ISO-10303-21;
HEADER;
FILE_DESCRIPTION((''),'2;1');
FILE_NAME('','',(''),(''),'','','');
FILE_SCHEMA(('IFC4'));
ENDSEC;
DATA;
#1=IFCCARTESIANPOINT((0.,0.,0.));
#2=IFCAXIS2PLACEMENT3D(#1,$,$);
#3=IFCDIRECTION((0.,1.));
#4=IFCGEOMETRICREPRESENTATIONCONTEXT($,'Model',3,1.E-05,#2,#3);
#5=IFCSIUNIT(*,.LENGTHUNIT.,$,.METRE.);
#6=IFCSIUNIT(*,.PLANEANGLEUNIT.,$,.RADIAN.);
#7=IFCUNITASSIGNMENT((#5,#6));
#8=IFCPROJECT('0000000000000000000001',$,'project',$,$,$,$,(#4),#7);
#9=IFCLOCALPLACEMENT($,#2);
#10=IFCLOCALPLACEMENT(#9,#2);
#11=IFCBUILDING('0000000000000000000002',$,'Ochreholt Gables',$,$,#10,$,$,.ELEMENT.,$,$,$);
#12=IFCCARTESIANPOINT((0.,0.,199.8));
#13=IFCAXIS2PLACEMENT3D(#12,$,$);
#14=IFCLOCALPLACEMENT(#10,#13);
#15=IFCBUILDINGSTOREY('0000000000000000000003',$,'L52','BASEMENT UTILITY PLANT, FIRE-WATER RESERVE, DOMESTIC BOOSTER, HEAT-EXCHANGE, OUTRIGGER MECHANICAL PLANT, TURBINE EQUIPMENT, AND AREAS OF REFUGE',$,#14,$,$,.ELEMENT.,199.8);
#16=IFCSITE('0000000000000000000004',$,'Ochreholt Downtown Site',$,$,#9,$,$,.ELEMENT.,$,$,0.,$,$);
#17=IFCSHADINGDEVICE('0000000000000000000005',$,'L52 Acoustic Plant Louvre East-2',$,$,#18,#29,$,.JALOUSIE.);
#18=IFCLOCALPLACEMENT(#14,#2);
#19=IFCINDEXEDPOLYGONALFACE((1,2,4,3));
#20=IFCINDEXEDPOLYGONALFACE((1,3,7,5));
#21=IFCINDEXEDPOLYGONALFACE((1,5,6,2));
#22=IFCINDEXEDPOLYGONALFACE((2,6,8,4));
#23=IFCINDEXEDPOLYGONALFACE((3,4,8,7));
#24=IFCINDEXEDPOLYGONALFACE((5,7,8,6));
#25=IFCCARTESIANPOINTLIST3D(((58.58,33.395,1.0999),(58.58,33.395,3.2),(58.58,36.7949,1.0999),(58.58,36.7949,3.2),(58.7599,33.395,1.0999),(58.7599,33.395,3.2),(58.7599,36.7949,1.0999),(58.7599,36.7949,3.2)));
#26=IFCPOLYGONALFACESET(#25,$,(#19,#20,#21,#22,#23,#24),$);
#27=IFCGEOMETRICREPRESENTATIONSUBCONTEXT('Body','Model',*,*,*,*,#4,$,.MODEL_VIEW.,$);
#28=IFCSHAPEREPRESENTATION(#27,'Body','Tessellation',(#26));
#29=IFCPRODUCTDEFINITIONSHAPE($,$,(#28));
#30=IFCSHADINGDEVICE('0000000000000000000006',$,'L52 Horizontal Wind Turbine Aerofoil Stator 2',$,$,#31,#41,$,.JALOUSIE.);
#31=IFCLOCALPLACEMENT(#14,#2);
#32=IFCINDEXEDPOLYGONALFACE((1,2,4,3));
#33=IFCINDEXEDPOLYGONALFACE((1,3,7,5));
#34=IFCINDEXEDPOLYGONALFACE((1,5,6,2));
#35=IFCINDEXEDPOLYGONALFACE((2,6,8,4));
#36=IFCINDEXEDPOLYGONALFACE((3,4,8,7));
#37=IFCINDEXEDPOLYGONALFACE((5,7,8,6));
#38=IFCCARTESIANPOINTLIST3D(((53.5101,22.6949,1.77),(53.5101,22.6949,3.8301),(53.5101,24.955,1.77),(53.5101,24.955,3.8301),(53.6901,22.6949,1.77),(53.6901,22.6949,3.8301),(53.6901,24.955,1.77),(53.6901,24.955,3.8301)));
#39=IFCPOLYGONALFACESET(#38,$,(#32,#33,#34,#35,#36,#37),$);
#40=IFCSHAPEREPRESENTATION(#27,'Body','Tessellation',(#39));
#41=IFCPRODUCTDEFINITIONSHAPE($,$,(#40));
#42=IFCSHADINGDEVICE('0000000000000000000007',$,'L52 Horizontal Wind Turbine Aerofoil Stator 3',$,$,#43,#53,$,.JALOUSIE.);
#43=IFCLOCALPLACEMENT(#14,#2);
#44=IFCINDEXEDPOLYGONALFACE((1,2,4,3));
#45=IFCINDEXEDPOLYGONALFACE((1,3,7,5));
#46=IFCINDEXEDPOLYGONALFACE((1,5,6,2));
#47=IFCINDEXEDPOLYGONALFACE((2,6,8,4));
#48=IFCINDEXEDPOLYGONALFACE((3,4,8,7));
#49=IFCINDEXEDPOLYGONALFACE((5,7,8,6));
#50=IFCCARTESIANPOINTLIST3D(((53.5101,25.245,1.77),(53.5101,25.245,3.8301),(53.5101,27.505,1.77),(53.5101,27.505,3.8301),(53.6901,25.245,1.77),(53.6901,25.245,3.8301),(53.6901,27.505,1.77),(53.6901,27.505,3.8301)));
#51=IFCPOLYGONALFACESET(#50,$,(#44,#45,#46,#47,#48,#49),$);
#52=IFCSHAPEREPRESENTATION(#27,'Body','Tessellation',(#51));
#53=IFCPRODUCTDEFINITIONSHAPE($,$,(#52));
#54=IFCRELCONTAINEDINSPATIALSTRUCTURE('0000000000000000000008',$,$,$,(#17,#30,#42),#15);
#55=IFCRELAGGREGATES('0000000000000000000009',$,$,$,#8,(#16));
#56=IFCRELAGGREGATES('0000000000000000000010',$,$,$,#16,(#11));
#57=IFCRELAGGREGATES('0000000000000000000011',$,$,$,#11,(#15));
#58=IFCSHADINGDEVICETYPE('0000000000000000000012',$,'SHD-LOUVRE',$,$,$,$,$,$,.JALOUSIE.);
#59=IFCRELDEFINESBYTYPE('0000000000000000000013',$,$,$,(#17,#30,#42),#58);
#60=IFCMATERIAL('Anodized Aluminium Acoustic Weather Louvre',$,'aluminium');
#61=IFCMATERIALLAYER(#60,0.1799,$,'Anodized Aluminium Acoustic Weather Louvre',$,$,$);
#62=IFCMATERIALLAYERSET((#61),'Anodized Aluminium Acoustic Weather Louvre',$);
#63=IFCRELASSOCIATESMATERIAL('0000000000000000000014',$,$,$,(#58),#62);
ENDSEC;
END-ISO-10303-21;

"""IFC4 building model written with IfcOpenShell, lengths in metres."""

from ifc_helpers import new_model, si_unit, direction, frame, origin, origin_2d, place, context, subcontext, project, spatial, rectangle, extrude, material, layer, layer_set, type_object, element, save


model = new_model("IFC4")

# Units and contexts
model_context = context("Model", 3, precision=1e-05, world=origin(), true_north=direction((0.0, 1.0)))
body_context = subcontext(model_context, "Body", "Model", "MODEL_VIEW")
ifc_project = project(units=[si_unit("LENGTHUNIT", "METRE"), si_unit("PLANEANGLEUNIT", "RADIAN")], contexts=[model_context])

# Site, building, storey
site_placement = place(None, origin())
site = spatial("IfcSite", under=ifc_project, at=site_placement, Name="Ochreholt Downtown Site", CompositionType="ELEMENT", RefElevation=0.0)
building_placement = place(site_placement, origin())
building = spatial("IfcBuilding", under=site, at=building_placement, Name="Ochreholt Gables", CompositionType="ELEMENT")
storey_placement = place(building_placement, frame((0.0, 0.0, 199.8)))
storey = spatial("IfcBuildingStorey", under=building, at=storey_placement, Name="L52", Description="BASEMENT UTILITY PLANT, FIRE-WATER RESERVE, DOMESTIC BOOSTER, HEAT-EXCHANGE, OUTRIGGER MECHANICAL PLANT, TURBINE EQUIPMENT, AND AREAS OF REFUGE", CompositionType="ELEMENT", Elevation=199.8)

# Shading devices
ifc_material_1 = material(Name="Anodized Aluminium Acoustic Weather Louvre", Category="aluminium")
ifc_layer_1 = layer(ifc_material_1, 0.1799, Name="Anodized Aluminium Acoustic Weather Louvre")
ifc_layer_set_1 = layer_set([ifc_layer_1], Name="Anodized Aluminium Acoustic Weather Louvre")
shading_device_type = type_object("IfcShadingDeviceType", Name="SHD-LOUVRE", PredefinedType="JALOUSIE", material=ifc_layer_set_1)
shading_device_placement = place(storey_placement, frame((58.6699, 35.095, 1.0999), z_axis=(0.0, 0.0, 1.0), x_axis=(0.0, 1.0, 0.0)))
element("IfcShadingDevice", 1, at=shading_device_placement, inside=storey, type_object=shading_device_type, Name="L52 Acoustic Plant Louvre East-2", PredefinedType="JALOUSIE", context=body_context, shape_type="SweptSolid", body=[
    extrude(rectangle(XDim=3.3999, YDim=0.1799, at=origin_2d()), origin(), (0.0, 0.0, 1.0), 2.1001),
])
for number, where, z_axis, x_axis, name in (
    (2, (53.6001, 23.825, 1.77), (0.0, 0.0, 1.0), (0.0, 1.0, 0.0), "L52 Horizontal Wind Turbine Aerofoil Stator 2"),
    (3, (53.6001, 26.375, 1.77), (0.0, 0.0, 1.0), (0.0, 1.0, 0.0), "L52 Horizontal Wind Turbine Aerofoil Stator 3"),
):
    element("IfcShadingDevice", number, at=place(storey_placement, frame(where, z_axis=z_axis, x_axis=x_axis)), inside=storey, type_object=shading_device_type, Name=name, PredefinedType="JALOUSIE", context=body_context, shape_type="SweptSolid", body=[
        extrude(rectangle(XDim=2.26, YDim=0.1799, at=origin_2d()), origin(), (0.0, 0.0, 1.0), 2.0601),
    ])

save(model, "model.ifc")
